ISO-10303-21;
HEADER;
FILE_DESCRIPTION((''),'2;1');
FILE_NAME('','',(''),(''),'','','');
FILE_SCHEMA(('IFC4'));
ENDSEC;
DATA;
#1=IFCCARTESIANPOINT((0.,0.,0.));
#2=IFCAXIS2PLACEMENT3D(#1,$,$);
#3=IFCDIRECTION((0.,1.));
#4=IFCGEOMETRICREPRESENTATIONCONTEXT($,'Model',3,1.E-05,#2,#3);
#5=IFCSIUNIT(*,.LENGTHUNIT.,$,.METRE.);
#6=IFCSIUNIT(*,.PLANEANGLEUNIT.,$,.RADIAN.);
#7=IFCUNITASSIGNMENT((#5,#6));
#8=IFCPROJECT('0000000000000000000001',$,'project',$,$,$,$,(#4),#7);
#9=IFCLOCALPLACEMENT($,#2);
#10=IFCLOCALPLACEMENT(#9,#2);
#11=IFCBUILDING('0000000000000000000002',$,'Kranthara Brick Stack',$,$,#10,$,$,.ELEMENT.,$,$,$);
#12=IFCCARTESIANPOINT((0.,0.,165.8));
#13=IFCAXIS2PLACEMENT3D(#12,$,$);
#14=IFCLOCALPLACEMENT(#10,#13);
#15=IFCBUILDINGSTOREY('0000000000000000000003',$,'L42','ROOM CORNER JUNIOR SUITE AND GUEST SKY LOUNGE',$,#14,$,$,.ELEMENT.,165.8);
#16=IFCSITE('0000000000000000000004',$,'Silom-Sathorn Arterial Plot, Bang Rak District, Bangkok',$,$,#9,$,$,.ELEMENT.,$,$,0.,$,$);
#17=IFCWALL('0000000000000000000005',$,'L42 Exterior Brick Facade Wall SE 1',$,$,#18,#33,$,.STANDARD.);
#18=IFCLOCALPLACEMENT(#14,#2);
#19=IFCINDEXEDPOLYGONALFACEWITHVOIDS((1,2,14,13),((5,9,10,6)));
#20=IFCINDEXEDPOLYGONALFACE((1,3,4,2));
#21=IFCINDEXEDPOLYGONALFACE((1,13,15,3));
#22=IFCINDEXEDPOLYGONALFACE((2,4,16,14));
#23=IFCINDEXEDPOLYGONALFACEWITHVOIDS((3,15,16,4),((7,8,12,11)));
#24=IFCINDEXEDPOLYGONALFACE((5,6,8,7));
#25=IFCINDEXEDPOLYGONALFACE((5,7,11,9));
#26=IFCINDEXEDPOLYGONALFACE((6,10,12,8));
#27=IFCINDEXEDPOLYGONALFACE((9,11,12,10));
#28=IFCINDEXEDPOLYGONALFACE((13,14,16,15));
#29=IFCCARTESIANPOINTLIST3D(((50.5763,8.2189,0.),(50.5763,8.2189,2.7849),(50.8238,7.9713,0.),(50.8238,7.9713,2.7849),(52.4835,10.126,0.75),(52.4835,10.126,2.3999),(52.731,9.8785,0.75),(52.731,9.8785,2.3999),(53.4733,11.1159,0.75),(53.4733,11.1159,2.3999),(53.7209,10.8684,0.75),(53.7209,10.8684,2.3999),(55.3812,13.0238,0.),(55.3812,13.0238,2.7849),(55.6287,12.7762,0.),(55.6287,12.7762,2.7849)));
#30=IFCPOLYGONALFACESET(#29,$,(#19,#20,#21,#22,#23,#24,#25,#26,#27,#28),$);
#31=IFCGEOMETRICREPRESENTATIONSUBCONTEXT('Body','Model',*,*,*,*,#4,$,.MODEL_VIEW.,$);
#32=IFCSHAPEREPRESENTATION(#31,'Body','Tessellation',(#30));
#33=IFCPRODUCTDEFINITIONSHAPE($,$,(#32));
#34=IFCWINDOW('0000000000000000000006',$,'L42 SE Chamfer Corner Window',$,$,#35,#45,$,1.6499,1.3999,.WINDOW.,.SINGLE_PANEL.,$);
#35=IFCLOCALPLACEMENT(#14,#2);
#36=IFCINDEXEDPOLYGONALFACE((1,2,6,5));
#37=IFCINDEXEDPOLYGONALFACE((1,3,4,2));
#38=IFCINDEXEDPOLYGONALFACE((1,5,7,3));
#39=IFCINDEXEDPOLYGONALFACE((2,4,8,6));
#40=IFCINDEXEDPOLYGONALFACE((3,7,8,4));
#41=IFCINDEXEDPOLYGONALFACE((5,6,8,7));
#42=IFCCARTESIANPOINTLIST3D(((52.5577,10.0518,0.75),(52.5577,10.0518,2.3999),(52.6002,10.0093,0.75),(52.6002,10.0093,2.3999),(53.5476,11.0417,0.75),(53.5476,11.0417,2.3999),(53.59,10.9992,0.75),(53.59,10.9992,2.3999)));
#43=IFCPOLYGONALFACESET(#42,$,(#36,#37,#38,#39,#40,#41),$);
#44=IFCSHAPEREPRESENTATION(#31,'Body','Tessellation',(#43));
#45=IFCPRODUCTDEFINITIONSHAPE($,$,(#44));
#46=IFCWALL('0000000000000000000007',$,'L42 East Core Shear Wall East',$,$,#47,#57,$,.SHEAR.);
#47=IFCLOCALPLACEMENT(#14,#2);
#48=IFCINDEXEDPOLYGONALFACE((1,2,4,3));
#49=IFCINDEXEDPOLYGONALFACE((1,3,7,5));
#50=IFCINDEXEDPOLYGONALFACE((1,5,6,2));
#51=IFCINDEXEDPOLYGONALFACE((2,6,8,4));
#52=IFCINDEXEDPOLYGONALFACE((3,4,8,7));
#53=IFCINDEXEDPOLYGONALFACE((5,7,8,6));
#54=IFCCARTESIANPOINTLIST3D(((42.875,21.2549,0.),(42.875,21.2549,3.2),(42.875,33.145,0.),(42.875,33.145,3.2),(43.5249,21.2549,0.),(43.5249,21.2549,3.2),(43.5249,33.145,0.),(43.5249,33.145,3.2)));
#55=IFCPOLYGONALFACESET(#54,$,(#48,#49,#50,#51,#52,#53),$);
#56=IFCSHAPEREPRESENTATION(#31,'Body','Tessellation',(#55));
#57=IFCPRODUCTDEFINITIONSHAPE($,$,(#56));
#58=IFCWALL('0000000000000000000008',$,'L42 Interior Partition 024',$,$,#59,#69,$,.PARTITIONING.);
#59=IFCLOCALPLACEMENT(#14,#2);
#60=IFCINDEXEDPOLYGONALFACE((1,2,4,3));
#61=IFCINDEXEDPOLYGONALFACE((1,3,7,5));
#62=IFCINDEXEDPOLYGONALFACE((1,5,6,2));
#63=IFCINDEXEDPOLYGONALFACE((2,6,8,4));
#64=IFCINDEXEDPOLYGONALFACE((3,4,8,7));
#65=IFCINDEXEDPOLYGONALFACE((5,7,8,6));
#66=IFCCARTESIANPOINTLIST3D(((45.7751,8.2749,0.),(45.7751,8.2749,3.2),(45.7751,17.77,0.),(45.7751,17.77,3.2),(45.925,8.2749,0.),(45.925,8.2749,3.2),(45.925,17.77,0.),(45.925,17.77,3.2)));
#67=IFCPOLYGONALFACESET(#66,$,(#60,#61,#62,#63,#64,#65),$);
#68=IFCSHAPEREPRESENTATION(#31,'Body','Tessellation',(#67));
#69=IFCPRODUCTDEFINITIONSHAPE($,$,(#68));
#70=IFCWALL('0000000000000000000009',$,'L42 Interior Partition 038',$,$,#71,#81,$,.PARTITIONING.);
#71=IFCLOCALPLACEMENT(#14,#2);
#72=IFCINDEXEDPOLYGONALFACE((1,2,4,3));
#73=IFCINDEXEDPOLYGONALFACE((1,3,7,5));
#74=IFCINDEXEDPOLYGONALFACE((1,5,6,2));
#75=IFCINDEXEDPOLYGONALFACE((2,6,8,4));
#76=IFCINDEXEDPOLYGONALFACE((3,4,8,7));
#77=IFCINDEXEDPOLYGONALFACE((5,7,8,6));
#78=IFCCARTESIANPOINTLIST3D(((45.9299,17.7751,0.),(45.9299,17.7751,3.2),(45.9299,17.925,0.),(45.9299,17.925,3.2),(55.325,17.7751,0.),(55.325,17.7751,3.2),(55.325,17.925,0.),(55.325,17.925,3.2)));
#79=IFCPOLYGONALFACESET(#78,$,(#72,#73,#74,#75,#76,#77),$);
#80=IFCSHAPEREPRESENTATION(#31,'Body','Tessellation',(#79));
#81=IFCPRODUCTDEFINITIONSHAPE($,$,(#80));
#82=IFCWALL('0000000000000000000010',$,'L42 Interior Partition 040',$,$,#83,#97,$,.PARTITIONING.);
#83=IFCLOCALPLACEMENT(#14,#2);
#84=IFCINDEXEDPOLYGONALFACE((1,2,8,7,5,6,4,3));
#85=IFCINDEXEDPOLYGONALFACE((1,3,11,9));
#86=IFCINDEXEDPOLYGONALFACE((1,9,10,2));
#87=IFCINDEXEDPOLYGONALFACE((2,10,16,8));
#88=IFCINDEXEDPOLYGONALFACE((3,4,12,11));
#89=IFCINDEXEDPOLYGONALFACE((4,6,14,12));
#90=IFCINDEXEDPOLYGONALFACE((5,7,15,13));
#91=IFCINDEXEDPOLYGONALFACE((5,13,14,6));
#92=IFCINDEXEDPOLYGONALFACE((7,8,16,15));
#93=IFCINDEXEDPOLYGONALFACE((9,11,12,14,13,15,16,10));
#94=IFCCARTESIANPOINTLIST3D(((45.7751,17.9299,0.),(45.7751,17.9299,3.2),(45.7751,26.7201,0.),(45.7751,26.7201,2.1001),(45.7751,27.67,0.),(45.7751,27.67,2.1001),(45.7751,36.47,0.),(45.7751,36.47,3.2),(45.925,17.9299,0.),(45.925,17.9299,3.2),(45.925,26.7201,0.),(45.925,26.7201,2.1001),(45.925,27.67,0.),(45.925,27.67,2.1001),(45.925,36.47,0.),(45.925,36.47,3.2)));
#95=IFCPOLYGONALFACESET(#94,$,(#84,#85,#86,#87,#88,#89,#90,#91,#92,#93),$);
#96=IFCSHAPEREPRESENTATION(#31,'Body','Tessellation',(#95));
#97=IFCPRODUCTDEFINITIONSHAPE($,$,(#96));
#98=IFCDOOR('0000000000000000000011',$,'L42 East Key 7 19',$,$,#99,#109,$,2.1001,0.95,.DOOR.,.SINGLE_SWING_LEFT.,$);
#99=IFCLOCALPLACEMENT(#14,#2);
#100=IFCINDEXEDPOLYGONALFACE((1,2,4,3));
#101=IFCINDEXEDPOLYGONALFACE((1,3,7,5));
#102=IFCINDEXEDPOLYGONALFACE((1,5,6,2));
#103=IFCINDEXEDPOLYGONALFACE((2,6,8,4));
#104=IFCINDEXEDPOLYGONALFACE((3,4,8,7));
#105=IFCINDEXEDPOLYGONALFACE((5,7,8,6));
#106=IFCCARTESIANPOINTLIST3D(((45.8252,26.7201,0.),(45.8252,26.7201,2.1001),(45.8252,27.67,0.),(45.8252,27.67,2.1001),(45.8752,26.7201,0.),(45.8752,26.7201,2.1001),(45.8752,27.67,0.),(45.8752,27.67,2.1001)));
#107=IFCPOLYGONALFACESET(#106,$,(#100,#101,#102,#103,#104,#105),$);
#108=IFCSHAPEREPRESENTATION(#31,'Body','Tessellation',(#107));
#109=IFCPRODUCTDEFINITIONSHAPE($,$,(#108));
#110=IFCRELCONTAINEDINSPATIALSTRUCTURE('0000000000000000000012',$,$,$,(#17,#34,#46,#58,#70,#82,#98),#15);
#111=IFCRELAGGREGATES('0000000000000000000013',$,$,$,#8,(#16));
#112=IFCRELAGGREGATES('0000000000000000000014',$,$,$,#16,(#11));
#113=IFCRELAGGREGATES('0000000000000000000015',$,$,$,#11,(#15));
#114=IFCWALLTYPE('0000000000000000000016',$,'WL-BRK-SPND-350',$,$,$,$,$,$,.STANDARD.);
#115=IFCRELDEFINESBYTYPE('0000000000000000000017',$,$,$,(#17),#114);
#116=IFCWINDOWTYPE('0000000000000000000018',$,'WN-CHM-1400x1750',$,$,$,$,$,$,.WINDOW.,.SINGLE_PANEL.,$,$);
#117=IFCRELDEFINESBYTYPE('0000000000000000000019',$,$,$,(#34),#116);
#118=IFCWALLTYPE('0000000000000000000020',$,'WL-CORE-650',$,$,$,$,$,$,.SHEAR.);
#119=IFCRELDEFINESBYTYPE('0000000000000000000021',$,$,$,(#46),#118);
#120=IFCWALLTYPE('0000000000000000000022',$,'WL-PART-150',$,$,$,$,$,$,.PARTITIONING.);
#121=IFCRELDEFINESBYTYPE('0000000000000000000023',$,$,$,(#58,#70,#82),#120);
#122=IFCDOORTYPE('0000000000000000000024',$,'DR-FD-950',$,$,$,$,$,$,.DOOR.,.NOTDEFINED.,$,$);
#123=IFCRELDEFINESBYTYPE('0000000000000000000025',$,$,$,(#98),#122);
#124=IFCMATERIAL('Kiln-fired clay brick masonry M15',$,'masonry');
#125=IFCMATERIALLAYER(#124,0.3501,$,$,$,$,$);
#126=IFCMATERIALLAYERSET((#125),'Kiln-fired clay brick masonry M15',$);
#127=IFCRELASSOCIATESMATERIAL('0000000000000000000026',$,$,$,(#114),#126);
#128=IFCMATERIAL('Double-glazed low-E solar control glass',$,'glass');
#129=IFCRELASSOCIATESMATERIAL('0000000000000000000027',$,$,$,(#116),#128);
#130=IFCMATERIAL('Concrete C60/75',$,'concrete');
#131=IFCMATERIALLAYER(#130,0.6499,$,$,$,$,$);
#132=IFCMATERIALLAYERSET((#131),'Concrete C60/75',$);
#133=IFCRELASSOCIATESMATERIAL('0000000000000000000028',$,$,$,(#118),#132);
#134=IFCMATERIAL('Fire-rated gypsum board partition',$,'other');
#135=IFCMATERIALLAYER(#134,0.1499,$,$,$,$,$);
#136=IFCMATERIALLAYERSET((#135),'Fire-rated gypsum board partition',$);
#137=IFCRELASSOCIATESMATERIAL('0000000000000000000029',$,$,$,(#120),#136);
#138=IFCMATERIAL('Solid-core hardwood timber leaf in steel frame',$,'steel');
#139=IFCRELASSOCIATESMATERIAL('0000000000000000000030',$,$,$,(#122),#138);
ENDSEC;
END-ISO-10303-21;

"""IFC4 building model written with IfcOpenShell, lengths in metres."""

from ifc_helpers import new_model, si_unit, direction, frame, frame_2d, origin, place, context, subcontext, project, spatial, rectangle, extrude, material, layer, layer_set, type_object, element, fill, save


model = new_model("IFC4")

# Units and contexts
model_context = context("Model", 3, precision=1e-05, world=origin(), true_north=direction((0.0, 1.0)))
body_context = subcontext(model_context, "Body", "Model", "MODEL_VIEW")
ifc_project = project(units=[si_unit("LENGTHUNIT", "METRE"), si_unit("PLANEANGLEUNIT", "RADIAN")], contexts=[model_context])

# Site, building, storey
site_placement = place(None, origin())
site = spatial("IfcSite", under=ifc_project, at=site_placement, Name="Silom-Sathorn Arterial Plot, Bang Rak District, Bangkok", CompositionType="ELEMENT", RefElevation=0.0)
building_placement = place(site_placement, origin())
building = spatial("IfcBuilding", under=site, at=building_placement, Name="Kranthara Brick Stack", CompositionType="ELEMENT")
storey_placement = place(building_placement, frame((0.0, 0.0, 165.8)))
storey = spatial("IfcBuildingStorey", under=building, at=storey_placement, Name="L42", Description="ROOM CORNER JUNIOR SUITE AND GUEST SKY LOUNGE", CompositionType="ELEMENT", Elevation=165.8)

# Shared definitions
ifc_material_1 = material(Name="Kiln-fired clay brick masonry M15", Category="masonry")
ifc_layer_1 = layer(ifc_material_1, 0.3501)
ifc_layer_set_1 = layer_set([ifc_layer_1], Name="Kiln-fired clay brick masonry M15")
wall_type_1 = type_object("IfcWallType", Name="WL-BRK-SPND-350", PredefinedType="STANDARD", material=ifc_layer_set_1)

# Wall, opening, window
wall_1_placement = place(storey_placement, frame((55.5049, 12.8999, 0.0), z_axis=(0.0, 0.0, 1.0), x_axis=(-0.707107, -0.707107, 0.0)))
wall_1 = element("IfcWall", 1, at=wall_1_placement, inside=storey, type_object=wall_type_1, Name="L42 Exterior Brick Facade Wall SE 1", PredefinedType="STANDARD", context=body_context, shape_type="SweptSolid", body=[
    extrude(rectangle(XDim=6.7952, YDim=0.3501, at=frame_2d((3.3975, 0.0))), origin(), (0.0, 0.0, 1.0), 2.7849),
])
opening_1_placement = place(wall_1_placement, frame((2.698, 0.0, 0.75)))
opening_1 = element("IfcOpeningElement", 2, at=opening_1_placement, cuts=wall_1, PredefinedType="OPENING", context=body_context, shape_type="SweptSolid", body=[
    extrude(rectangle(XDim=1.3999, YDim=1.6499, at=frame_2d((0.7, 0.825))), frame((0.0, 0.1851, 0.0), z_axis=(0.0, -1.0, 0.0), x_axis=(1.0, 0.0, 0.0)), (0.0, 0.0, 1.0), 0.3701),
])
ifc_material_2 = material(Name="Double-glazed low-E solar control glass", Category="glass")
window_type_1 = type_object("IfcWindowType", Name="WN-CHM-1400x1750", PartitioningType="SINGLE_PANEL", PredefinedType="WINDOW", material=ifc_material_2)
window_1_placement = place(opening_1_placement, origin())
window_1 = element("IfcWindow", 3, at=window_1_placement, inside=storey, type_object=window_type_1, Name="L42 SE Chamfer Corner Window", OverallHeight=1.6499, OverallWidth=1.3999, PartitioningType="SINGLE_PANEL", PredefinedType="WINDOW", context=body_context, shape_type="SweptSolid", body=[
    extrude(rectangle(XDim=1.3999, YDim=1.6499, at=frame_2d((0.7, 0.825))), frame((0.0, -0.01, 0.0), z_axis=(0.0, -1.0, 0.0), x_axis=(1.0, 0.0, 0.0)), (0.0, 0.0, 1.0), 0.0601),
])
fill(opening_1, window_1)

# Walls
ifc_material_3 = material(Name="Concrete C60/75", Category="concrete")
ifc_layer_2 = layer(ifc_material_3, 0.6499)
ifc_layer_set_2 = layer_set([ifc_layer_2], Name="Concrete C60/75")
wall_type_2 = type_object("IfcWallType", Name="WL-CORE-650", PredefinedType="SHEAR", material=ifc_layer_set_2)
wall_2_placement = place(storey_placement, frame((43.2, 21.2549, 0.0), z_axis=(0.0, 0.0, 1.0), x_axis=(0.0, 1.0, 0.0)))
element("IfcWall", 4, at=wall_2_placement, inside=storey, type_object=wall_type_2, Name="L42 East Core Shear Wall East", PredefinedType="SHEAR", context=body_context, shape_type="SweptSolid", body=[
    extrude(rectangle(XDim=11.8901, YDim=0.6499, at=frame_2d((5.9451, 0.0))), origin(), (0.0, 0.0, 1.0), 3.2),
])
ifc_material_4 = material(Name="Fire-rated gypsum board partition", Category="other")
ifc_layer_3 = layer(ifc_material_4, 0.1499)
ifc_layer_set_3 = layer_set([ifc_layer_3], Name="Fire-rated gypsum board partition")
wall_type_3 = type_object("IfcWallType", Name="WL-PART-150", PredefinedType="PARTITIONING", material=ifc_layer_set_3)
wall_3_placement = place(storey_placement, frame((45.8501, 8.2749, 0.0), z_axis=(0.0, 0.0, 1.0), x_axis=(0.0, 1.0, 0.0)))
element("IfcWall", 5, at=wall_3_placement, inside=storey, type_object=wall_type_3, Name="L42 Interior Partition 024", PredefinedType="PARTITIONING", context=body_context, shape_type="SweptSolid", body=[
    extrude(rectangle(XDim=9.4951, YDim=0.1499, at=frame_2d((4.7476, 0.0))), origin(), (0.0, 0.0, 1.0), 3.2),
])
wall_4_placement = place(storey_placement, frame((45.9299, 17.8501, 0.0), z_axis=(0.0, 0.0, 1.0), x_axis=(1.0, 0.0, 0.0)))
element("IfcWall", 6, at=wall_4_placement, inside=storey, type_object=wall_type_3, Name="L42 Interior Partition 038", PredefinedType="PARTITIONING", context=body_context, shape_type="SweptSolid", body=[
    extrude(rectangle(XDim=9.395, YDim=0.1499, at=frame_2d((4.6975, 0.0))), origin(), (0.0, 0.0, 1.0), 3.2),
])

# Wall, opening, door
wall_5_placement = place(storey_placement, frame((45.8501, 17.9299, 0.0), z_axis=(0.0, 0.0, 1.0), x_axis=(0.0, 1.0, 0.0)))
wall_5 = element("IfcWall", 7, at=wall_5_placement, inside=storey, type_object=wall_type_3, Name="L42 Interior Partition 040", PredefinedType="PARTITIONING", context=body_context, shape_type="SweptSolid", body=[
    extrude(rectangle(XDim=18.54, YDim=0.1499, at=frame_2d((9.27, 0.0))), origin(), (0.0, 0.0, 1.0), 3.2),
])
opening_2_placement = place(wall_5_placement, frame((8.79, 0.0, 0.0)))
opening_2 = element("IfcOpeningElement", 8, at=opening_2_placement, cuts=wall_5, PredefinedType="OPENING", context=body_context, shape_type="SweptSolid", body=[
    extrude(rectangle(XDim=0.95, YDim=2.1001, at=frame_2d((0.4751, 1.05))), frame((0.0, 0.085, 0.0), z_axis=(0.0, -1.0, 0.0), x_axis=(1.0, 0.0, 0.0)), (0.0, 0.0, 1.0), 0.1699),
])
ifc_material_5 = material(Name="Solid-core hardwood timber leaf in steel frame", Category="steel")
door_type_1 = type_object("IfcDoorType", Name="DR-FD-950", OperationType="NOTDEFINED", PredefinedType="DOOR", material=ifc_material_5)
door_1_placement = place(opening_2_placement, origin())
door_1 = element("IfcDoor", 9, at=door_1_placement, inside=storey, type_object=door_type_1, Name="L42 East Key 7 19", OperationType="SINGLE_SWING_LEFT", OverallHeight=2.1001, OverallWidth=0.95, PredefinedType="DOOR", context=body_context, shape_type="SweptSolid", body=[
    extrude(rectangle(XDim=0.95, YDim=2.1001, at=frame_2d((0.4751, 1.05))), frame((0.0, 0.0249, 0.0), z_axis=(0.0, -1.0, 0.0), x_axis=(1.0, 0.0, 0.0)), (0.0, 0.0, 1.0), 0.05),
])
fill(opening_2, door_1)

save(model, "model.ifc")
